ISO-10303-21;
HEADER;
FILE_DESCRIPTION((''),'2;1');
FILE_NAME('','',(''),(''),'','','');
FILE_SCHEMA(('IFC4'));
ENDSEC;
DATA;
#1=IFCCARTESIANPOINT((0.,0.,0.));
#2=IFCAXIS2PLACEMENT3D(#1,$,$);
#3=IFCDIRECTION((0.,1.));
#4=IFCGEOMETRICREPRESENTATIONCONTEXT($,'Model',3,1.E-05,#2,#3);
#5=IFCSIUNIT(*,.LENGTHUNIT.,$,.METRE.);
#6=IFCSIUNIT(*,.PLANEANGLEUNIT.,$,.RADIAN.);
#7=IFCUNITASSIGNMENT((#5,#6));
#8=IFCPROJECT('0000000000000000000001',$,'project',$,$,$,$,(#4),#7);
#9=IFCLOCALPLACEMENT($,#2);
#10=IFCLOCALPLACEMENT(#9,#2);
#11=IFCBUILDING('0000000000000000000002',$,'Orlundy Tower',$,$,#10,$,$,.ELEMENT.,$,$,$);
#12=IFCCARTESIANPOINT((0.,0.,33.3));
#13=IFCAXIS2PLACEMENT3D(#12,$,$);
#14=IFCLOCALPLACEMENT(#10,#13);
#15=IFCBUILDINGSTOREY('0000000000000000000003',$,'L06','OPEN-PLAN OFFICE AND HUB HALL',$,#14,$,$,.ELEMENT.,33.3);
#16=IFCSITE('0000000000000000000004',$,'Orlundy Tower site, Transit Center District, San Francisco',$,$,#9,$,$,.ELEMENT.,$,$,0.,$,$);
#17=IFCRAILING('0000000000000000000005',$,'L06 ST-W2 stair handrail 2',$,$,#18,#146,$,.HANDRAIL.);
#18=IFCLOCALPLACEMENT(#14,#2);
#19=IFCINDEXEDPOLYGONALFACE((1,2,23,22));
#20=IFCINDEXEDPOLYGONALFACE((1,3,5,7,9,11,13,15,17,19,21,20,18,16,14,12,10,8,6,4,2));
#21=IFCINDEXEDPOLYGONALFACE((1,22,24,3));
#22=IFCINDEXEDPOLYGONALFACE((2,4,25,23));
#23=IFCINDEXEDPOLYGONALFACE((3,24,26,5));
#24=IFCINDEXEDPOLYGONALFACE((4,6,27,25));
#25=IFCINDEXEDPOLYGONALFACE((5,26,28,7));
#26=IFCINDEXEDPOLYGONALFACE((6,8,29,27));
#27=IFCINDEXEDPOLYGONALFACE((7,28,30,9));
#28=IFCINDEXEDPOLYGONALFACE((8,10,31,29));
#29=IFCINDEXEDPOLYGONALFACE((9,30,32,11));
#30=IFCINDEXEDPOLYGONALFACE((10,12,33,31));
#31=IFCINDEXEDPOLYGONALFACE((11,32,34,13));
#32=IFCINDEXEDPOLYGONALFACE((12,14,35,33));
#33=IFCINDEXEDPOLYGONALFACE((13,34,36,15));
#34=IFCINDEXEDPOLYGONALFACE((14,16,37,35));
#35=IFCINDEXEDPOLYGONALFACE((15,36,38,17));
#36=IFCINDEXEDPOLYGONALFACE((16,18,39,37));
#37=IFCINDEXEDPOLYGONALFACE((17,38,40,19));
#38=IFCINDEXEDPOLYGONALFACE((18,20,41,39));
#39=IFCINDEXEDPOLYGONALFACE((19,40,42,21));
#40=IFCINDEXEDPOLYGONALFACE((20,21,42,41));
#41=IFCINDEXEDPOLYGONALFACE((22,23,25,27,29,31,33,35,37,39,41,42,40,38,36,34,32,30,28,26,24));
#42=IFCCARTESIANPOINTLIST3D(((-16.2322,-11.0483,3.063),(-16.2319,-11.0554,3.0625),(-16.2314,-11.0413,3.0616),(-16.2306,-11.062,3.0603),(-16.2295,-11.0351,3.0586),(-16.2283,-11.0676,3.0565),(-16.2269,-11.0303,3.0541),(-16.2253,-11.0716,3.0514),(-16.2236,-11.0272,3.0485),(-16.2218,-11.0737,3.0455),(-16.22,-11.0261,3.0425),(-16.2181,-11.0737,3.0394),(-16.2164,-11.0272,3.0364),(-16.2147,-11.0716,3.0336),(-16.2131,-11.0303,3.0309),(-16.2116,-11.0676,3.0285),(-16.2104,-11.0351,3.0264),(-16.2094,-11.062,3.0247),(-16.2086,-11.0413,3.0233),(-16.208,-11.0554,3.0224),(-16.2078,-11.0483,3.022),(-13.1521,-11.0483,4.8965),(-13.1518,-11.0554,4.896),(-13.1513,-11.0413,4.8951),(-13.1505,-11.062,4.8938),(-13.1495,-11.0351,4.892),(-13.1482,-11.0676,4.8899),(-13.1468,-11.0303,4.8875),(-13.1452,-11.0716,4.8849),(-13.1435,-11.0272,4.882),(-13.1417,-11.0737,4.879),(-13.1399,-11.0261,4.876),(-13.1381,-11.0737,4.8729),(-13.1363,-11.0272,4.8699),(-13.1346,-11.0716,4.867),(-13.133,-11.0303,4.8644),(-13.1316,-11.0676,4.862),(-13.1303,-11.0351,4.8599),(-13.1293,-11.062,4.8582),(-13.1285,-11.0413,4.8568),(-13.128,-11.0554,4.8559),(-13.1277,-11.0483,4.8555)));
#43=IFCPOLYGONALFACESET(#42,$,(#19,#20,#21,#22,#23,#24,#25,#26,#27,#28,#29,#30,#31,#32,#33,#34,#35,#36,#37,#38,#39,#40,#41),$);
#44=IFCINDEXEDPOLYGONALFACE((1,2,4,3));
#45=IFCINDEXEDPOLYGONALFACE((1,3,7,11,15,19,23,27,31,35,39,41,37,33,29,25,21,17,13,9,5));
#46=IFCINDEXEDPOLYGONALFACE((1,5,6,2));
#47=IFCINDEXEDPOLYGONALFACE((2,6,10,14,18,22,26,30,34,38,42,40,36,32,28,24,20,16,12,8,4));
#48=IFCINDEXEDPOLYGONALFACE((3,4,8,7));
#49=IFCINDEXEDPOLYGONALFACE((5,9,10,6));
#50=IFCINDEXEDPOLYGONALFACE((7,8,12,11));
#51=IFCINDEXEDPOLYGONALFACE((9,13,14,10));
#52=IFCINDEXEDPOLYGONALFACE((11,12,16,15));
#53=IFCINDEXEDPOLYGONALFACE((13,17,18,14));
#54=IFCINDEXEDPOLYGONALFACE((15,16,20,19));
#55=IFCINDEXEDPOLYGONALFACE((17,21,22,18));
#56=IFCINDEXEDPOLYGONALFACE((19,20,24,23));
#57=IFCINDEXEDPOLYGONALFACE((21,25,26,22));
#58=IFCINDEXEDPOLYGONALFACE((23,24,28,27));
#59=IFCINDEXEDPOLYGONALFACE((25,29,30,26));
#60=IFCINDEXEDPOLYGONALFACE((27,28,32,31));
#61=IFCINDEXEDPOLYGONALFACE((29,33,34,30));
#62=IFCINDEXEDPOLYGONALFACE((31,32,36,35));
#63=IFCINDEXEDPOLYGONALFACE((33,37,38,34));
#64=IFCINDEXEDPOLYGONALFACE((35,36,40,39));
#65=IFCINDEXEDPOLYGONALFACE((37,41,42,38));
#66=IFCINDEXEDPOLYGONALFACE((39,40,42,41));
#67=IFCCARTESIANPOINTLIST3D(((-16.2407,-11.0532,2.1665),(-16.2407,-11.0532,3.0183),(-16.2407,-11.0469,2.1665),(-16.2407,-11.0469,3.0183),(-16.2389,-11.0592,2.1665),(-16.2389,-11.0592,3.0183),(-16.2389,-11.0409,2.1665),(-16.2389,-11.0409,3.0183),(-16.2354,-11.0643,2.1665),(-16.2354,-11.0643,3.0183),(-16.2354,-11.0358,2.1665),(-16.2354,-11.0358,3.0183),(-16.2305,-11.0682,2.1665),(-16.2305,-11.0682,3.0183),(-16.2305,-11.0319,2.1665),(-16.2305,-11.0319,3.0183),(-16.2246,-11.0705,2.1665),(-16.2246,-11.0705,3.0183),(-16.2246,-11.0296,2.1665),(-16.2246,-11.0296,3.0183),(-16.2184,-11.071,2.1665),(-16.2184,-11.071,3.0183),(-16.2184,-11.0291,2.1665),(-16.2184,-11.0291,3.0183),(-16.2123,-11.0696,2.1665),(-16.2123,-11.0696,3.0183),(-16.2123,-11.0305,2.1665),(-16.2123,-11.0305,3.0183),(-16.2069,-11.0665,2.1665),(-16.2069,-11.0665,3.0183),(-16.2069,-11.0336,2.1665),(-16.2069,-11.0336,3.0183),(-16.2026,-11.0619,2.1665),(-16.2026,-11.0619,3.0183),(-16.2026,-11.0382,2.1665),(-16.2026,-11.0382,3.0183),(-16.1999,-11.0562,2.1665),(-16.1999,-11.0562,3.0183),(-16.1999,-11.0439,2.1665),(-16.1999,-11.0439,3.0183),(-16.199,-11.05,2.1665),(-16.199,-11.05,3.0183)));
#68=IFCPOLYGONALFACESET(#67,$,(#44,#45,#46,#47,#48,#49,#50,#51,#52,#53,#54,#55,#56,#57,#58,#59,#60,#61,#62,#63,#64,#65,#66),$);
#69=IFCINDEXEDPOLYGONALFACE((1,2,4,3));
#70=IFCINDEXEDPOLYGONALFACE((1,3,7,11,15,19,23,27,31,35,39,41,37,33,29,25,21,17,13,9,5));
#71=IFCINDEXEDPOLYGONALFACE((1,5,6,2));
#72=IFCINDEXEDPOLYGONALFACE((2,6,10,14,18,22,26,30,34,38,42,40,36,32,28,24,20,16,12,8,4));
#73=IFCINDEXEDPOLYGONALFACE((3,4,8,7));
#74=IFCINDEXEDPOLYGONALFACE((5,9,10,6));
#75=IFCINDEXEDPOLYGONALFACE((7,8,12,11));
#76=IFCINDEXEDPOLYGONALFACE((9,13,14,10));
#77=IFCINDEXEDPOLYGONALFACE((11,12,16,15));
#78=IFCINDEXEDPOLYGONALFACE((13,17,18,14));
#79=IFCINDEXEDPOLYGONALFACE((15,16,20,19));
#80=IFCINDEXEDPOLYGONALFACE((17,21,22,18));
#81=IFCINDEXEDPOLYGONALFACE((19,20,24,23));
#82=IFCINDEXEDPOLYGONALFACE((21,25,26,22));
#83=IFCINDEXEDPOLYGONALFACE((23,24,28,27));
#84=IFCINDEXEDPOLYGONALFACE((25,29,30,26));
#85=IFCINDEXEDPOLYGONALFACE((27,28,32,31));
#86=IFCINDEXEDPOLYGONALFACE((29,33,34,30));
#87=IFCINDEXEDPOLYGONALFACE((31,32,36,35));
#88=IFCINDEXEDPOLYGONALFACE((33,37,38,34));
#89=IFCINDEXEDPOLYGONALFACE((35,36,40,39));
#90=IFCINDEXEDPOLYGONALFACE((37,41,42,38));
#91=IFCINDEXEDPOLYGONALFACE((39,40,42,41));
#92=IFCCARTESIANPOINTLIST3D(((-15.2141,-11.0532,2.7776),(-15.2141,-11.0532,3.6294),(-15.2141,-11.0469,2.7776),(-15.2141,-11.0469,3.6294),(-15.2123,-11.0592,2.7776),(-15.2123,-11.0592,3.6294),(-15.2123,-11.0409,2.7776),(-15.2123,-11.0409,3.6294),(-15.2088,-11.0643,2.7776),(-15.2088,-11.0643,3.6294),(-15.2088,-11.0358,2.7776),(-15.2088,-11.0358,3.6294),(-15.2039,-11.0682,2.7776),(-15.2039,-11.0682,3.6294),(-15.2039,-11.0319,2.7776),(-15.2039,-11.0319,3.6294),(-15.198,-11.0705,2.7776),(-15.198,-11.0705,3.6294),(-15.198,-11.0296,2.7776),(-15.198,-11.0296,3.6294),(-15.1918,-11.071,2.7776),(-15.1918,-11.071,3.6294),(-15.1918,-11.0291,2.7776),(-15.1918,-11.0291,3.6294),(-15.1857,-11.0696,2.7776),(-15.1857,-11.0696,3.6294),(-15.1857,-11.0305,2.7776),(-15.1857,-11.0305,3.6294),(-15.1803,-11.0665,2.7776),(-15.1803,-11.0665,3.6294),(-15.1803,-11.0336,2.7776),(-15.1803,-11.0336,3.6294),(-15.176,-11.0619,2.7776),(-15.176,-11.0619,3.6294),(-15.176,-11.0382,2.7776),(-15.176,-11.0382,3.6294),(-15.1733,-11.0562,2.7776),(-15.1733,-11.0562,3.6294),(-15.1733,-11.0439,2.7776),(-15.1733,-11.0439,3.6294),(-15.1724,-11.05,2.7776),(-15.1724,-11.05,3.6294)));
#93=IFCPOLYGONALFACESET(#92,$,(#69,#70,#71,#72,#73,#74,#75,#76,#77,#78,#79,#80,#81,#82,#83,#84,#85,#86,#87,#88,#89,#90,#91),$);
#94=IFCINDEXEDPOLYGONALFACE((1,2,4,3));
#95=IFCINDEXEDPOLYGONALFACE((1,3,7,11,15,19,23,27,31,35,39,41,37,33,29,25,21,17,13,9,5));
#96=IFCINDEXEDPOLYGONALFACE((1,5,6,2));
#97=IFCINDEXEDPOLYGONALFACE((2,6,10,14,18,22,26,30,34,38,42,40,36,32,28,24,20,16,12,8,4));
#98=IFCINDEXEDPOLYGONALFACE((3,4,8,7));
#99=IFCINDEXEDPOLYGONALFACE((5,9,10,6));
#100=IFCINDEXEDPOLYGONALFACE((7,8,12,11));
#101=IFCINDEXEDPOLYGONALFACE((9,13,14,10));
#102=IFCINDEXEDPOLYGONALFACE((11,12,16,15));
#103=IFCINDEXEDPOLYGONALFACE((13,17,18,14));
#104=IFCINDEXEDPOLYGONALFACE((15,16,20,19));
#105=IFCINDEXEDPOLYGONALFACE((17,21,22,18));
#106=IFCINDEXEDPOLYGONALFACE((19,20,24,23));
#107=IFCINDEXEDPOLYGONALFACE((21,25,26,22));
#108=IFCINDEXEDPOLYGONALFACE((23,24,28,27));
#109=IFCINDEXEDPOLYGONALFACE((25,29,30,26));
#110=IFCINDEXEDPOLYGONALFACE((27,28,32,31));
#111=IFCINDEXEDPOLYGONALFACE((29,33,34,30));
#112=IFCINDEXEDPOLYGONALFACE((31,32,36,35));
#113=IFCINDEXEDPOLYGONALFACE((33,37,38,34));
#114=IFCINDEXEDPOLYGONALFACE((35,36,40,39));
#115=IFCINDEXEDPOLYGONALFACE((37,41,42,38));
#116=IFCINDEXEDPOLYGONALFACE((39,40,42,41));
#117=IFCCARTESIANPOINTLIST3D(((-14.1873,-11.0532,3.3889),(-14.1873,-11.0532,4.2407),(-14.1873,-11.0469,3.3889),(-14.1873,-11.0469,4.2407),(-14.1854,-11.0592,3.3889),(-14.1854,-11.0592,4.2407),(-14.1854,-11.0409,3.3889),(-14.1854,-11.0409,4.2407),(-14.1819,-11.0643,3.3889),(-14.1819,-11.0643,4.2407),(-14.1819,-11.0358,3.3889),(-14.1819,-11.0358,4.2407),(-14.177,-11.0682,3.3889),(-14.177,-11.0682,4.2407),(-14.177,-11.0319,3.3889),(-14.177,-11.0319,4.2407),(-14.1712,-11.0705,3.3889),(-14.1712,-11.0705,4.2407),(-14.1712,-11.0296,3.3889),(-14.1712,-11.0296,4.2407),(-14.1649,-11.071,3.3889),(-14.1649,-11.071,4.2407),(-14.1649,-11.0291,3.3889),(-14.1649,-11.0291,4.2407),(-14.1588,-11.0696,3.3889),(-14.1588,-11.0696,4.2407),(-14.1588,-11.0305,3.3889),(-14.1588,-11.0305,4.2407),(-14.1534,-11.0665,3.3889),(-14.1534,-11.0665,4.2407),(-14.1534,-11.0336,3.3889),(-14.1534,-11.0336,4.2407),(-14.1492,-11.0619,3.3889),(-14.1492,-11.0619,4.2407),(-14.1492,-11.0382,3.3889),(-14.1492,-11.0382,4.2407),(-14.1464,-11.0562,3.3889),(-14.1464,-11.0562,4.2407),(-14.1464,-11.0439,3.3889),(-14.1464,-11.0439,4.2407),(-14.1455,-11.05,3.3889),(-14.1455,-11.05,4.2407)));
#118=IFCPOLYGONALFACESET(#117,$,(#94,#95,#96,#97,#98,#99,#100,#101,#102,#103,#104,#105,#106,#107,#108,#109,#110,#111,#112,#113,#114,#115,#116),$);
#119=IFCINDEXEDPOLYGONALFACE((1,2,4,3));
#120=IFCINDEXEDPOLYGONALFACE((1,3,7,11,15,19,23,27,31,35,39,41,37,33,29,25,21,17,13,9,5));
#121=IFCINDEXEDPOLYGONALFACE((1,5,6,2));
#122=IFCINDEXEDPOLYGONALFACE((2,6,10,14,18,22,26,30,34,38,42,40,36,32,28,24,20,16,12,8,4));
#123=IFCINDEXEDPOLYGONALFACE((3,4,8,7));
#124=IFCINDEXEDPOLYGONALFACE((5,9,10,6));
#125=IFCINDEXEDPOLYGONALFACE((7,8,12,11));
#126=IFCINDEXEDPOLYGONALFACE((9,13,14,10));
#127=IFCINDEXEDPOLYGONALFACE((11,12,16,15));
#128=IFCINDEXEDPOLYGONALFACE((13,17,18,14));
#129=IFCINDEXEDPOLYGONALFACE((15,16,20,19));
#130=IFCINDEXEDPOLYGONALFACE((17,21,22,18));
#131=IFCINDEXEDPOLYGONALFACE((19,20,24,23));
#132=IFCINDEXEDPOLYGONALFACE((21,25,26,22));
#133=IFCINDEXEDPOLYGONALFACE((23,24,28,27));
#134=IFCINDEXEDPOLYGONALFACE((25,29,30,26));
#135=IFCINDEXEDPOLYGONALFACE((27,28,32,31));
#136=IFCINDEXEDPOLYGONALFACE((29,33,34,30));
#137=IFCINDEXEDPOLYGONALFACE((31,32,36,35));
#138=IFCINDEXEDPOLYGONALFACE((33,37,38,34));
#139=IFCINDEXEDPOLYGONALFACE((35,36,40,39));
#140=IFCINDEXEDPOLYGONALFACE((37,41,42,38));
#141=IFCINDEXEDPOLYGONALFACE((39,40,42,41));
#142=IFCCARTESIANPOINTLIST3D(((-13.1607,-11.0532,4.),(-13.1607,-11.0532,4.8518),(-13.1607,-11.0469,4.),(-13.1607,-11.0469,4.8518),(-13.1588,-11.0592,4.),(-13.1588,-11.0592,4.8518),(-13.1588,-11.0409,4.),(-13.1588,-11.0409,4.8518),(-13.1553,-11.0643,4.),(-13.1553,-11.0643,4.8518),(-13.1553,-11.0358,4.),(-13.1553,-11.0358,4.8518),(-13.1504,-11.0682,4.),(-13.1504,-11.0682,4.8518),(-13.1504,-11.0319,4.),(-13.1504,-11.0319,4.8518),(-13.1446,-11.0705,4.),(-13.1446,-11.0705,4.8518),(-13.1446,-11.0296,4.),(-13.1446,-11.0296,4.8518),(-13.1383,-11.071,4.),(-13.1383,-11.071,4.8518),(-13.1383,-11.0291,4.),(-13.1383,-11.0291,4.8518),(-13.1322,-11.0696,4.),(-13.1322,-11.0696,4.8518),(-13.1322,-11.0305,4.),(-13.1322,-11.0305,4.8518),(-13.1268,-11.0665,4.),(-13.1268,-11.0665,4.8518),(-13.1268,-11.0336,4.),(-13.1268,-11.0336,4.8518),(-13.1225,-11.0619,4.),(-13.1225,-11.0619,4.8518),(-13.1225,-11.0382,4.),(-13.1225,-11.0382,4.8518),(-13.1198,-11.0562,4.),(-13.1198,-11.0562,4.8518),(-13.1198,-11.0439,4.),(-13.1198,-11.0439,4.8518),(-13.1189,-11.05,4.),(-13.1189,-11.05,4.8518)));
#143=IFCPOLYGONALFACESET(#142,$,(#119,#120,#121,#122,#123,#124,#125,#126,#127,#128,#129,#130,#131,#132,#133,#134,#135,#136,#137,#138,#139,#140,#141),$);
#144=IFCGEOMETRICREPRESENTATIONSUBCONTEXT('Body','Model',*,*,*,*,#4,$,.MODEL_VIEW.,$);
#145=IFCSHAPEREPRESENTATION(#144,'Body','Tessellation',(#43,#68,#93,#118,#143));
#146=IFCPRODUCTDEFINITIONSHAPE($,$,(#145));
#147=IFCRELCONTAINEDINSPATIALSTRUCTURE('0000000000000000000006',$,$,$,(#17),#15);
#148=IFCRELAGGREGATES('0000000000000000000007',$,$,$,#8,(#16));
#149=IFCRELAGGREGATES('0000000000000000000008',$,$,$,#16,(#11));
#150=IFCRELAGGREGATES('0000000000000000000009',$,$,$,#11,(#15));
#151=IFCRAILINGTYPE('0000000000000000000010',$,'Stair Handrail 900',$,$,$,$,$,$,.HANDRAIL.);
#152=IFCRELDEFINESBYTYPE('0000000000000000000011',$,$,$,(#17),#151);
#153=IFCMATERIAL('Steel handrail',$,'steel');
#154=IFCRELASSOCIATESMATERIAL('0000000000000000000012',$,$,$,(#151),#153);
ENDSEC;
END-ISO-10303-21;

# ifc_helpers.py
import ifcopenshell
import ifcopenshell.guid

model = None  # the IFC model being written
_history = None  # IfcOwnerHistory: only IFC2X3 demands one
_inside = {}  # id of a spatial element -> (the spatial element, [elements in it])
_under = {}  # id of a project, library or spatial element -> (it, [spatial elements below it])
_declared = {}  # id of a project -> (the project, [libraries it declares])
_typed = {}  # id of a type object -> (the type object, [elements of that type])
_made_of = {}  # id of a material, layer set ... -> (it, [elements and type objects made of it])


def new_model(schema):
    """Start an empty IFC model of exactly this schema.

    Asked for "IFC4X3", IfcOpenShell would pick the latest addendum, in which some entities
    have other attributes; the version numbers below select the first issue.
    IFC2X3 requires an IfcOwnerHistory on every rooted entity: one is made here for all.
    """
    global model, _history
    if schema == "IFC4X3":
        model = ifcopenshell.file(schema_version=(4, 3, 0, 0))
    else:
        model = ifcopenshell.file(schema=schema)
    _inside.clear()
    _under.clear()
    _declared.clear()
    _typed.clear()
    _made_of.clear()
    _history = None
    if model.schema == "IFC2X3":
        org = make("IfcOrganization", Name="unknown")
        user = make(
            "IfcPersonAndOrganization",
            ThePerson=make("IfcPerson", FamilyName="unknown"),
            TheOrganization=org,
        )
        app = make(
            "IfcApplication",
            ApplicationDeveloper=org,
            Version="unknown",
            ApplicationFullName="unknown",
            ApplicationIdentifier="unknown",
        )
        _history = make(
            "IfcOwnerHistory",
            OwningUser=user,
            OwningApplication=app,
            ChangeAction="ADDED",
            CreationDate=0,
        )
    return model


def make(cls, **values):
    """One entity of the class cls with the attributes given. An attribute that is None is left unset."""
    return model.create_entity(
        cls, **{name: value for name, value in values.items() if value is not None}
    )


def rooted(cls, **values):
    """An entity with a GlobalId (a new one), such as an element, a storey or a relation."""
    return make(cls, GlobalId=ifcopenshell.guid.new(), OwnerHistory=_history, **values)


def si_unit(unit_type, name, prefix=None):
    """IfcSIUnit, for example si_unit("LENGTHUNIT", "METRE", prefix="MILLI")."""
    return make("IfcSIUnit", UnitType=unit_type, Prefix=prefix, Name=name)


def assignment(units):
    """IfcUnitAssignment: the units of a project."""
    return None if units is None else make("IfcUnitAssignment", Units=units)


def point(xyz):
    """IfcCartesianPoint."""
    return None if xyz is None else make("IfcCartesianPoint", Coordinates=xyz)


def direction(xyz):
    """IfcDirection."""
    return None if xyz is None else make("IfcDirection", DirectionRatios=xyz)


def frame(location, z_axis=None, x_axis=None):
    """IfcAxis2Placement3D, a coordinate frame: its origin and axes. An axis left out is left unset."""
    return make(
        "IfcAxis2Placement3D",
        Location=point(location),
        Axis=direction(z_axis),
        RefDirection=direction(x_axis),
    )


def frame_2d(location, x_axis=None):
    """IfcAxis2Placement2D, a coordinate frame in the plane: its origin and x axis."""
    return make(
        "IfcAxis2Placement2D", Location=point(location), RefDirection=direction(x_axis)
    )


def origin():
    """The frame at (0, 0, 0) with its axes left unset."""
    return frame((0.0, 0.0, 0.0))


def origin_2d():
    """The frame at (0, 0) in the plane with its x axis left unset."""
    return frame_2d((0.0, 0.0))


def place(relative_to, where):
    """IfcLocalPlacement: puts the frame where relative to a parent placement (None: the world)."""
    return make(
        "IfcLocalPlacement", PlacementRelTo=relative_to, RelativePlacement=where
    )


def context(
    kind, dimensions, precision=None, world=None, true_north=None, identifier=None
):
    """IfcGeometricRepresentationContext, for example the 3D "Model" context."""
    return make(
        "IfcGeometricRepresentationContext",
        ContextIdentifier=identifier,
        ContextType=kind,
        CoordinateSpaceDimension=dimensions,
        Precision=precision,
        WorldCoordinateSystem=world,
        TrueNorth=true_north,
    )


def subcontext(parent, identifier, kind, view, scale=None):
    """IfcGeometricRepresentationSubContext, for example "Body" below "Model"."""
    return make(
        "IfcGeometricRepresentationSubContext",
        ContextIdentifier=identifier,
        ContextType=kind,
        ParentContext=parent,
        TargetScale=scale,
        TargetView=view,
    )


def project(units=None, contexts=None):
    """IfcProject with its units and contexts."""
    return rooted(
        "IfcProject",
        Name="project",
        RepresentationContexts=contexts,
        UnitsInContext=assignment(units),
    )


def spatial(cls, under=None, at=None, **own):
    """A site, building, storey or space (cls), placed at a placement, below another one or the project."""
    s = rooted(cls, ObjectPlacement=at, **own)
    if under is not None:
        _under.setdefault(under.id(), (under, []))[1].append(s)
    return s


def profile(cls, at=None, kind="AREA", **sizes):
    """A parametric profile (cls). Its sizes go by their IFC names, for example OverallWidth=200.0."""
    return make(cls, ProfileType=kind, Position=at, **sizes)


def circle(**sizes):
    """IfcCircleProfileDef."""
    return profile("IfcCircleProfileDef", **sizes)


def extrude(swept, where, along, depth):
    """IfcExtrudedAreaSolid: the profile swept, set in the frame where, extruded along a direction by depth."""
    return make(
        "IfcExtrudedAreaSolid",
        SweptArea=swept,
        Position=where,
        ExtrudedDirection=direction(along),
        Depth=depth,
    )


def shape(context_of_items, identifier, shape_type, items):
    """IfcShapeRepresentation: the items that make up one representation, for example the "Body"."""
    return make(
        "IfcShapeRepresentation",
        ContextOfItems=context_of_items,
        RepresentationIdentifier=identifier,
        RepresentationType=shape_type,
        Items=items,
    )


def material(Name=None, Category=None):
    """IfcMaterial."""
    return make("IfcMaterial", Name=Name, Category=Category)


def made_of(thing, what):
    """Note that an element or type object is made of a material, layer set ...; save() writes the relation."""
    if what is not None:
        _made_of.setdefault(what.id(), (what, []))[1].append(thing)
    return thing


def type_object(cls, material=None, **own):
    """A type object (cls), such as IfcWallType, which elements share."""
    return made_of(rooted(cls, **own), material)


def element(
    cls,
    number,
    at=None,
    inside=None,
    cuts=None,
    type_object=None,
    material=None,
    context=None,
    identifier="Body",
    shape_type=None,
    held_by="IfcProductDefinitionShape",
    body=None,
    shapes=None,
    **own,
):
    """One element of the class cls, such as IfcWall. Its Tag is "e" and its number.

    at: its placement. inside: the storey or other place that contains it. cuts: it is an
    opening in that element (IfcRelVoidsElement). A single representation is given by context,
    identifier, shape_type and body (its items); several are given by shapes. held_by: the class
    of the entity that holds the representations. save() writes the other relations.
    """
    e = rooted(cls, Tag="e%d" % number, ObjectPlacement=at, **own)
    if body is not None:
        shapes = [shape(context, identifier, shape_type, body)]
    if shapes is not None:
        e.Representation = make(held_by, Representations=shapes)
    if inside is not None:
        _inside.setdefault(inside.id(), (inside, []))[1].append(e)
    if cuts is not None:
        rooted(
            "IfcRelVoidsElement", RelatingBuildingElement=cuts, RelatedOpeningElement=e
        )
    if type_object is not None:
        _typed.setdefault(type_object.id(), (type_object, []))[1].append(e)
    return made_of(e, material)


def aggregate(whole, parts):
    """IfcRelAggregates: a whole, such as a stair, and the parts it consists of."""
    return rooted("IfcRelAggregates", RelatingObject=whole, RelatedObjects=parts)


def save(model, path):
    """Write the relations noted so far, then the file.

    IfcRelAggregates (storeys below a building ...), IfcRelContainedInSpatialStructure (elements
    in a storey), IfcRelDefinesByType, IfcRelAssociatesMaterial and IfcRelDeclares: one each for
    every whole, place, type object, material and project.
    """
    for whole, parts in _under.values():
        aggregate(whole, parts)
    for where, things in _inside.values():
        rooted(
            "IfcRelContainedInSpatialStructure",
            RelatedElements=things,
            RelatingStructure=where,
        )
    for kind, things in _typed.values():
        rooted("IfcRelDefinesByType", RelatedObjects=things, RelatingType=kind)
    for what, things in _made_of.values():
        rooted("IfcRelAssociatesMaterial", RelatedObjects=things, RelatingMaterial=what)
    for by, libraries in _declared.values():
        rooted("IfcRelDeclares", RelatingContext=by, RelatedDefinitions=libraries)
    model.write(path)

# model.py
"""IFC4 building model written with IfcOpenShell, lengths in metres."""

from ifc_helpers import new_model, si_unit, direction, frame, origin, origin_2d, place, context, subcontext, project, spatial, circle, extrude, material, type_object, element, save


model = new_model("IFC4")

# Units and contexts
model_context = context("Model", 3, precision=1e-05, world=origin(), true_north=direction((0.0, 1.0)))
body_context = subcontext(model_context, "Body", "Model", "MODEL_VIEW")
ifc_project = project(units=[si_unit("LENGTHUNIT", "METRE"), si_unit("PLANEANGLEUNIT", "RADIAN")], contexts=[model_context])

# Site, building, storey
site_placement = place(None, origin())
site = spatial("IfcSite", under=ifc_project, at=site_placement, Name="Orlundy Tower site, Transit Center District, San Francisco", CompositionType="ELEMENT", RefElevation=0.0)
building_placement = place(site_placement, origin())
building = spatial("IfcBuilding", under=site, at=building_placement, Name="Orlundy Tower", CompositionType="ELEMENT")
storey_placement = place(building_placement, frame((0.0, 0.0, 33.3)))
storey = spatial("IfcBuildingStorey", under=building, at=storey_placement, Name="L06", Description="OPEN-PLAN OFFICE AND HUB HALL", CompositionType="ELEMENT", Elevation=33.3)

# Railing
ifc_material_1 = material(Name="Steel handrail", Category="steel")
railing_type = type_object("IfcRailingType", Name="Stair Handrail 900", PredefinedType="HANDRAIL", material=ifc_material_1)
railing_1_placement = place(storey_placement, frame((-16.22, -11.05, 2.1665)))
element("IfcRailing", 1, at=railing_1_placement, inside=storey, type_object=railing_type, Name="L06 ST-W2 stair handrail 2", PredefinedType="HANDRAIL", context=body_context, shape_type="SweptSolid", body=[
    extrude(circle(Radius=0.0239, at=origin_2d()), frame((0.0, 0.0, 0.876), z_axis=(0.859279, 0.0, 0.511508), x_axis=(0.0, 1.0, 0.0)), (0.0, 0.0, 1.0), 3.5845),
    extrude(circle(Radius=0.021, at=origin_2d()), origin(), (0.0, 0.0, 1.0), 0.8518),
    extrude(circle(Radius=0.021, at=origin_2d()), frame((1.0266, 0.0, 0.6111)), (0.0, 0.0, 1.0), 0.8518),
    extrude(circle(Radius=0.021, at=origin_2d()), frame((2.0535, 0.0, 1.2224)), (0.0, 0.0, 1.0), 0.8518),
    extrude(circle(Radius=0.021, at=origin_2d()), frame((3.0801, 0.0, 1.8335)), (0.0, 0.0, 1.0), 0.8518),
])

save(model, "model.ifc")
